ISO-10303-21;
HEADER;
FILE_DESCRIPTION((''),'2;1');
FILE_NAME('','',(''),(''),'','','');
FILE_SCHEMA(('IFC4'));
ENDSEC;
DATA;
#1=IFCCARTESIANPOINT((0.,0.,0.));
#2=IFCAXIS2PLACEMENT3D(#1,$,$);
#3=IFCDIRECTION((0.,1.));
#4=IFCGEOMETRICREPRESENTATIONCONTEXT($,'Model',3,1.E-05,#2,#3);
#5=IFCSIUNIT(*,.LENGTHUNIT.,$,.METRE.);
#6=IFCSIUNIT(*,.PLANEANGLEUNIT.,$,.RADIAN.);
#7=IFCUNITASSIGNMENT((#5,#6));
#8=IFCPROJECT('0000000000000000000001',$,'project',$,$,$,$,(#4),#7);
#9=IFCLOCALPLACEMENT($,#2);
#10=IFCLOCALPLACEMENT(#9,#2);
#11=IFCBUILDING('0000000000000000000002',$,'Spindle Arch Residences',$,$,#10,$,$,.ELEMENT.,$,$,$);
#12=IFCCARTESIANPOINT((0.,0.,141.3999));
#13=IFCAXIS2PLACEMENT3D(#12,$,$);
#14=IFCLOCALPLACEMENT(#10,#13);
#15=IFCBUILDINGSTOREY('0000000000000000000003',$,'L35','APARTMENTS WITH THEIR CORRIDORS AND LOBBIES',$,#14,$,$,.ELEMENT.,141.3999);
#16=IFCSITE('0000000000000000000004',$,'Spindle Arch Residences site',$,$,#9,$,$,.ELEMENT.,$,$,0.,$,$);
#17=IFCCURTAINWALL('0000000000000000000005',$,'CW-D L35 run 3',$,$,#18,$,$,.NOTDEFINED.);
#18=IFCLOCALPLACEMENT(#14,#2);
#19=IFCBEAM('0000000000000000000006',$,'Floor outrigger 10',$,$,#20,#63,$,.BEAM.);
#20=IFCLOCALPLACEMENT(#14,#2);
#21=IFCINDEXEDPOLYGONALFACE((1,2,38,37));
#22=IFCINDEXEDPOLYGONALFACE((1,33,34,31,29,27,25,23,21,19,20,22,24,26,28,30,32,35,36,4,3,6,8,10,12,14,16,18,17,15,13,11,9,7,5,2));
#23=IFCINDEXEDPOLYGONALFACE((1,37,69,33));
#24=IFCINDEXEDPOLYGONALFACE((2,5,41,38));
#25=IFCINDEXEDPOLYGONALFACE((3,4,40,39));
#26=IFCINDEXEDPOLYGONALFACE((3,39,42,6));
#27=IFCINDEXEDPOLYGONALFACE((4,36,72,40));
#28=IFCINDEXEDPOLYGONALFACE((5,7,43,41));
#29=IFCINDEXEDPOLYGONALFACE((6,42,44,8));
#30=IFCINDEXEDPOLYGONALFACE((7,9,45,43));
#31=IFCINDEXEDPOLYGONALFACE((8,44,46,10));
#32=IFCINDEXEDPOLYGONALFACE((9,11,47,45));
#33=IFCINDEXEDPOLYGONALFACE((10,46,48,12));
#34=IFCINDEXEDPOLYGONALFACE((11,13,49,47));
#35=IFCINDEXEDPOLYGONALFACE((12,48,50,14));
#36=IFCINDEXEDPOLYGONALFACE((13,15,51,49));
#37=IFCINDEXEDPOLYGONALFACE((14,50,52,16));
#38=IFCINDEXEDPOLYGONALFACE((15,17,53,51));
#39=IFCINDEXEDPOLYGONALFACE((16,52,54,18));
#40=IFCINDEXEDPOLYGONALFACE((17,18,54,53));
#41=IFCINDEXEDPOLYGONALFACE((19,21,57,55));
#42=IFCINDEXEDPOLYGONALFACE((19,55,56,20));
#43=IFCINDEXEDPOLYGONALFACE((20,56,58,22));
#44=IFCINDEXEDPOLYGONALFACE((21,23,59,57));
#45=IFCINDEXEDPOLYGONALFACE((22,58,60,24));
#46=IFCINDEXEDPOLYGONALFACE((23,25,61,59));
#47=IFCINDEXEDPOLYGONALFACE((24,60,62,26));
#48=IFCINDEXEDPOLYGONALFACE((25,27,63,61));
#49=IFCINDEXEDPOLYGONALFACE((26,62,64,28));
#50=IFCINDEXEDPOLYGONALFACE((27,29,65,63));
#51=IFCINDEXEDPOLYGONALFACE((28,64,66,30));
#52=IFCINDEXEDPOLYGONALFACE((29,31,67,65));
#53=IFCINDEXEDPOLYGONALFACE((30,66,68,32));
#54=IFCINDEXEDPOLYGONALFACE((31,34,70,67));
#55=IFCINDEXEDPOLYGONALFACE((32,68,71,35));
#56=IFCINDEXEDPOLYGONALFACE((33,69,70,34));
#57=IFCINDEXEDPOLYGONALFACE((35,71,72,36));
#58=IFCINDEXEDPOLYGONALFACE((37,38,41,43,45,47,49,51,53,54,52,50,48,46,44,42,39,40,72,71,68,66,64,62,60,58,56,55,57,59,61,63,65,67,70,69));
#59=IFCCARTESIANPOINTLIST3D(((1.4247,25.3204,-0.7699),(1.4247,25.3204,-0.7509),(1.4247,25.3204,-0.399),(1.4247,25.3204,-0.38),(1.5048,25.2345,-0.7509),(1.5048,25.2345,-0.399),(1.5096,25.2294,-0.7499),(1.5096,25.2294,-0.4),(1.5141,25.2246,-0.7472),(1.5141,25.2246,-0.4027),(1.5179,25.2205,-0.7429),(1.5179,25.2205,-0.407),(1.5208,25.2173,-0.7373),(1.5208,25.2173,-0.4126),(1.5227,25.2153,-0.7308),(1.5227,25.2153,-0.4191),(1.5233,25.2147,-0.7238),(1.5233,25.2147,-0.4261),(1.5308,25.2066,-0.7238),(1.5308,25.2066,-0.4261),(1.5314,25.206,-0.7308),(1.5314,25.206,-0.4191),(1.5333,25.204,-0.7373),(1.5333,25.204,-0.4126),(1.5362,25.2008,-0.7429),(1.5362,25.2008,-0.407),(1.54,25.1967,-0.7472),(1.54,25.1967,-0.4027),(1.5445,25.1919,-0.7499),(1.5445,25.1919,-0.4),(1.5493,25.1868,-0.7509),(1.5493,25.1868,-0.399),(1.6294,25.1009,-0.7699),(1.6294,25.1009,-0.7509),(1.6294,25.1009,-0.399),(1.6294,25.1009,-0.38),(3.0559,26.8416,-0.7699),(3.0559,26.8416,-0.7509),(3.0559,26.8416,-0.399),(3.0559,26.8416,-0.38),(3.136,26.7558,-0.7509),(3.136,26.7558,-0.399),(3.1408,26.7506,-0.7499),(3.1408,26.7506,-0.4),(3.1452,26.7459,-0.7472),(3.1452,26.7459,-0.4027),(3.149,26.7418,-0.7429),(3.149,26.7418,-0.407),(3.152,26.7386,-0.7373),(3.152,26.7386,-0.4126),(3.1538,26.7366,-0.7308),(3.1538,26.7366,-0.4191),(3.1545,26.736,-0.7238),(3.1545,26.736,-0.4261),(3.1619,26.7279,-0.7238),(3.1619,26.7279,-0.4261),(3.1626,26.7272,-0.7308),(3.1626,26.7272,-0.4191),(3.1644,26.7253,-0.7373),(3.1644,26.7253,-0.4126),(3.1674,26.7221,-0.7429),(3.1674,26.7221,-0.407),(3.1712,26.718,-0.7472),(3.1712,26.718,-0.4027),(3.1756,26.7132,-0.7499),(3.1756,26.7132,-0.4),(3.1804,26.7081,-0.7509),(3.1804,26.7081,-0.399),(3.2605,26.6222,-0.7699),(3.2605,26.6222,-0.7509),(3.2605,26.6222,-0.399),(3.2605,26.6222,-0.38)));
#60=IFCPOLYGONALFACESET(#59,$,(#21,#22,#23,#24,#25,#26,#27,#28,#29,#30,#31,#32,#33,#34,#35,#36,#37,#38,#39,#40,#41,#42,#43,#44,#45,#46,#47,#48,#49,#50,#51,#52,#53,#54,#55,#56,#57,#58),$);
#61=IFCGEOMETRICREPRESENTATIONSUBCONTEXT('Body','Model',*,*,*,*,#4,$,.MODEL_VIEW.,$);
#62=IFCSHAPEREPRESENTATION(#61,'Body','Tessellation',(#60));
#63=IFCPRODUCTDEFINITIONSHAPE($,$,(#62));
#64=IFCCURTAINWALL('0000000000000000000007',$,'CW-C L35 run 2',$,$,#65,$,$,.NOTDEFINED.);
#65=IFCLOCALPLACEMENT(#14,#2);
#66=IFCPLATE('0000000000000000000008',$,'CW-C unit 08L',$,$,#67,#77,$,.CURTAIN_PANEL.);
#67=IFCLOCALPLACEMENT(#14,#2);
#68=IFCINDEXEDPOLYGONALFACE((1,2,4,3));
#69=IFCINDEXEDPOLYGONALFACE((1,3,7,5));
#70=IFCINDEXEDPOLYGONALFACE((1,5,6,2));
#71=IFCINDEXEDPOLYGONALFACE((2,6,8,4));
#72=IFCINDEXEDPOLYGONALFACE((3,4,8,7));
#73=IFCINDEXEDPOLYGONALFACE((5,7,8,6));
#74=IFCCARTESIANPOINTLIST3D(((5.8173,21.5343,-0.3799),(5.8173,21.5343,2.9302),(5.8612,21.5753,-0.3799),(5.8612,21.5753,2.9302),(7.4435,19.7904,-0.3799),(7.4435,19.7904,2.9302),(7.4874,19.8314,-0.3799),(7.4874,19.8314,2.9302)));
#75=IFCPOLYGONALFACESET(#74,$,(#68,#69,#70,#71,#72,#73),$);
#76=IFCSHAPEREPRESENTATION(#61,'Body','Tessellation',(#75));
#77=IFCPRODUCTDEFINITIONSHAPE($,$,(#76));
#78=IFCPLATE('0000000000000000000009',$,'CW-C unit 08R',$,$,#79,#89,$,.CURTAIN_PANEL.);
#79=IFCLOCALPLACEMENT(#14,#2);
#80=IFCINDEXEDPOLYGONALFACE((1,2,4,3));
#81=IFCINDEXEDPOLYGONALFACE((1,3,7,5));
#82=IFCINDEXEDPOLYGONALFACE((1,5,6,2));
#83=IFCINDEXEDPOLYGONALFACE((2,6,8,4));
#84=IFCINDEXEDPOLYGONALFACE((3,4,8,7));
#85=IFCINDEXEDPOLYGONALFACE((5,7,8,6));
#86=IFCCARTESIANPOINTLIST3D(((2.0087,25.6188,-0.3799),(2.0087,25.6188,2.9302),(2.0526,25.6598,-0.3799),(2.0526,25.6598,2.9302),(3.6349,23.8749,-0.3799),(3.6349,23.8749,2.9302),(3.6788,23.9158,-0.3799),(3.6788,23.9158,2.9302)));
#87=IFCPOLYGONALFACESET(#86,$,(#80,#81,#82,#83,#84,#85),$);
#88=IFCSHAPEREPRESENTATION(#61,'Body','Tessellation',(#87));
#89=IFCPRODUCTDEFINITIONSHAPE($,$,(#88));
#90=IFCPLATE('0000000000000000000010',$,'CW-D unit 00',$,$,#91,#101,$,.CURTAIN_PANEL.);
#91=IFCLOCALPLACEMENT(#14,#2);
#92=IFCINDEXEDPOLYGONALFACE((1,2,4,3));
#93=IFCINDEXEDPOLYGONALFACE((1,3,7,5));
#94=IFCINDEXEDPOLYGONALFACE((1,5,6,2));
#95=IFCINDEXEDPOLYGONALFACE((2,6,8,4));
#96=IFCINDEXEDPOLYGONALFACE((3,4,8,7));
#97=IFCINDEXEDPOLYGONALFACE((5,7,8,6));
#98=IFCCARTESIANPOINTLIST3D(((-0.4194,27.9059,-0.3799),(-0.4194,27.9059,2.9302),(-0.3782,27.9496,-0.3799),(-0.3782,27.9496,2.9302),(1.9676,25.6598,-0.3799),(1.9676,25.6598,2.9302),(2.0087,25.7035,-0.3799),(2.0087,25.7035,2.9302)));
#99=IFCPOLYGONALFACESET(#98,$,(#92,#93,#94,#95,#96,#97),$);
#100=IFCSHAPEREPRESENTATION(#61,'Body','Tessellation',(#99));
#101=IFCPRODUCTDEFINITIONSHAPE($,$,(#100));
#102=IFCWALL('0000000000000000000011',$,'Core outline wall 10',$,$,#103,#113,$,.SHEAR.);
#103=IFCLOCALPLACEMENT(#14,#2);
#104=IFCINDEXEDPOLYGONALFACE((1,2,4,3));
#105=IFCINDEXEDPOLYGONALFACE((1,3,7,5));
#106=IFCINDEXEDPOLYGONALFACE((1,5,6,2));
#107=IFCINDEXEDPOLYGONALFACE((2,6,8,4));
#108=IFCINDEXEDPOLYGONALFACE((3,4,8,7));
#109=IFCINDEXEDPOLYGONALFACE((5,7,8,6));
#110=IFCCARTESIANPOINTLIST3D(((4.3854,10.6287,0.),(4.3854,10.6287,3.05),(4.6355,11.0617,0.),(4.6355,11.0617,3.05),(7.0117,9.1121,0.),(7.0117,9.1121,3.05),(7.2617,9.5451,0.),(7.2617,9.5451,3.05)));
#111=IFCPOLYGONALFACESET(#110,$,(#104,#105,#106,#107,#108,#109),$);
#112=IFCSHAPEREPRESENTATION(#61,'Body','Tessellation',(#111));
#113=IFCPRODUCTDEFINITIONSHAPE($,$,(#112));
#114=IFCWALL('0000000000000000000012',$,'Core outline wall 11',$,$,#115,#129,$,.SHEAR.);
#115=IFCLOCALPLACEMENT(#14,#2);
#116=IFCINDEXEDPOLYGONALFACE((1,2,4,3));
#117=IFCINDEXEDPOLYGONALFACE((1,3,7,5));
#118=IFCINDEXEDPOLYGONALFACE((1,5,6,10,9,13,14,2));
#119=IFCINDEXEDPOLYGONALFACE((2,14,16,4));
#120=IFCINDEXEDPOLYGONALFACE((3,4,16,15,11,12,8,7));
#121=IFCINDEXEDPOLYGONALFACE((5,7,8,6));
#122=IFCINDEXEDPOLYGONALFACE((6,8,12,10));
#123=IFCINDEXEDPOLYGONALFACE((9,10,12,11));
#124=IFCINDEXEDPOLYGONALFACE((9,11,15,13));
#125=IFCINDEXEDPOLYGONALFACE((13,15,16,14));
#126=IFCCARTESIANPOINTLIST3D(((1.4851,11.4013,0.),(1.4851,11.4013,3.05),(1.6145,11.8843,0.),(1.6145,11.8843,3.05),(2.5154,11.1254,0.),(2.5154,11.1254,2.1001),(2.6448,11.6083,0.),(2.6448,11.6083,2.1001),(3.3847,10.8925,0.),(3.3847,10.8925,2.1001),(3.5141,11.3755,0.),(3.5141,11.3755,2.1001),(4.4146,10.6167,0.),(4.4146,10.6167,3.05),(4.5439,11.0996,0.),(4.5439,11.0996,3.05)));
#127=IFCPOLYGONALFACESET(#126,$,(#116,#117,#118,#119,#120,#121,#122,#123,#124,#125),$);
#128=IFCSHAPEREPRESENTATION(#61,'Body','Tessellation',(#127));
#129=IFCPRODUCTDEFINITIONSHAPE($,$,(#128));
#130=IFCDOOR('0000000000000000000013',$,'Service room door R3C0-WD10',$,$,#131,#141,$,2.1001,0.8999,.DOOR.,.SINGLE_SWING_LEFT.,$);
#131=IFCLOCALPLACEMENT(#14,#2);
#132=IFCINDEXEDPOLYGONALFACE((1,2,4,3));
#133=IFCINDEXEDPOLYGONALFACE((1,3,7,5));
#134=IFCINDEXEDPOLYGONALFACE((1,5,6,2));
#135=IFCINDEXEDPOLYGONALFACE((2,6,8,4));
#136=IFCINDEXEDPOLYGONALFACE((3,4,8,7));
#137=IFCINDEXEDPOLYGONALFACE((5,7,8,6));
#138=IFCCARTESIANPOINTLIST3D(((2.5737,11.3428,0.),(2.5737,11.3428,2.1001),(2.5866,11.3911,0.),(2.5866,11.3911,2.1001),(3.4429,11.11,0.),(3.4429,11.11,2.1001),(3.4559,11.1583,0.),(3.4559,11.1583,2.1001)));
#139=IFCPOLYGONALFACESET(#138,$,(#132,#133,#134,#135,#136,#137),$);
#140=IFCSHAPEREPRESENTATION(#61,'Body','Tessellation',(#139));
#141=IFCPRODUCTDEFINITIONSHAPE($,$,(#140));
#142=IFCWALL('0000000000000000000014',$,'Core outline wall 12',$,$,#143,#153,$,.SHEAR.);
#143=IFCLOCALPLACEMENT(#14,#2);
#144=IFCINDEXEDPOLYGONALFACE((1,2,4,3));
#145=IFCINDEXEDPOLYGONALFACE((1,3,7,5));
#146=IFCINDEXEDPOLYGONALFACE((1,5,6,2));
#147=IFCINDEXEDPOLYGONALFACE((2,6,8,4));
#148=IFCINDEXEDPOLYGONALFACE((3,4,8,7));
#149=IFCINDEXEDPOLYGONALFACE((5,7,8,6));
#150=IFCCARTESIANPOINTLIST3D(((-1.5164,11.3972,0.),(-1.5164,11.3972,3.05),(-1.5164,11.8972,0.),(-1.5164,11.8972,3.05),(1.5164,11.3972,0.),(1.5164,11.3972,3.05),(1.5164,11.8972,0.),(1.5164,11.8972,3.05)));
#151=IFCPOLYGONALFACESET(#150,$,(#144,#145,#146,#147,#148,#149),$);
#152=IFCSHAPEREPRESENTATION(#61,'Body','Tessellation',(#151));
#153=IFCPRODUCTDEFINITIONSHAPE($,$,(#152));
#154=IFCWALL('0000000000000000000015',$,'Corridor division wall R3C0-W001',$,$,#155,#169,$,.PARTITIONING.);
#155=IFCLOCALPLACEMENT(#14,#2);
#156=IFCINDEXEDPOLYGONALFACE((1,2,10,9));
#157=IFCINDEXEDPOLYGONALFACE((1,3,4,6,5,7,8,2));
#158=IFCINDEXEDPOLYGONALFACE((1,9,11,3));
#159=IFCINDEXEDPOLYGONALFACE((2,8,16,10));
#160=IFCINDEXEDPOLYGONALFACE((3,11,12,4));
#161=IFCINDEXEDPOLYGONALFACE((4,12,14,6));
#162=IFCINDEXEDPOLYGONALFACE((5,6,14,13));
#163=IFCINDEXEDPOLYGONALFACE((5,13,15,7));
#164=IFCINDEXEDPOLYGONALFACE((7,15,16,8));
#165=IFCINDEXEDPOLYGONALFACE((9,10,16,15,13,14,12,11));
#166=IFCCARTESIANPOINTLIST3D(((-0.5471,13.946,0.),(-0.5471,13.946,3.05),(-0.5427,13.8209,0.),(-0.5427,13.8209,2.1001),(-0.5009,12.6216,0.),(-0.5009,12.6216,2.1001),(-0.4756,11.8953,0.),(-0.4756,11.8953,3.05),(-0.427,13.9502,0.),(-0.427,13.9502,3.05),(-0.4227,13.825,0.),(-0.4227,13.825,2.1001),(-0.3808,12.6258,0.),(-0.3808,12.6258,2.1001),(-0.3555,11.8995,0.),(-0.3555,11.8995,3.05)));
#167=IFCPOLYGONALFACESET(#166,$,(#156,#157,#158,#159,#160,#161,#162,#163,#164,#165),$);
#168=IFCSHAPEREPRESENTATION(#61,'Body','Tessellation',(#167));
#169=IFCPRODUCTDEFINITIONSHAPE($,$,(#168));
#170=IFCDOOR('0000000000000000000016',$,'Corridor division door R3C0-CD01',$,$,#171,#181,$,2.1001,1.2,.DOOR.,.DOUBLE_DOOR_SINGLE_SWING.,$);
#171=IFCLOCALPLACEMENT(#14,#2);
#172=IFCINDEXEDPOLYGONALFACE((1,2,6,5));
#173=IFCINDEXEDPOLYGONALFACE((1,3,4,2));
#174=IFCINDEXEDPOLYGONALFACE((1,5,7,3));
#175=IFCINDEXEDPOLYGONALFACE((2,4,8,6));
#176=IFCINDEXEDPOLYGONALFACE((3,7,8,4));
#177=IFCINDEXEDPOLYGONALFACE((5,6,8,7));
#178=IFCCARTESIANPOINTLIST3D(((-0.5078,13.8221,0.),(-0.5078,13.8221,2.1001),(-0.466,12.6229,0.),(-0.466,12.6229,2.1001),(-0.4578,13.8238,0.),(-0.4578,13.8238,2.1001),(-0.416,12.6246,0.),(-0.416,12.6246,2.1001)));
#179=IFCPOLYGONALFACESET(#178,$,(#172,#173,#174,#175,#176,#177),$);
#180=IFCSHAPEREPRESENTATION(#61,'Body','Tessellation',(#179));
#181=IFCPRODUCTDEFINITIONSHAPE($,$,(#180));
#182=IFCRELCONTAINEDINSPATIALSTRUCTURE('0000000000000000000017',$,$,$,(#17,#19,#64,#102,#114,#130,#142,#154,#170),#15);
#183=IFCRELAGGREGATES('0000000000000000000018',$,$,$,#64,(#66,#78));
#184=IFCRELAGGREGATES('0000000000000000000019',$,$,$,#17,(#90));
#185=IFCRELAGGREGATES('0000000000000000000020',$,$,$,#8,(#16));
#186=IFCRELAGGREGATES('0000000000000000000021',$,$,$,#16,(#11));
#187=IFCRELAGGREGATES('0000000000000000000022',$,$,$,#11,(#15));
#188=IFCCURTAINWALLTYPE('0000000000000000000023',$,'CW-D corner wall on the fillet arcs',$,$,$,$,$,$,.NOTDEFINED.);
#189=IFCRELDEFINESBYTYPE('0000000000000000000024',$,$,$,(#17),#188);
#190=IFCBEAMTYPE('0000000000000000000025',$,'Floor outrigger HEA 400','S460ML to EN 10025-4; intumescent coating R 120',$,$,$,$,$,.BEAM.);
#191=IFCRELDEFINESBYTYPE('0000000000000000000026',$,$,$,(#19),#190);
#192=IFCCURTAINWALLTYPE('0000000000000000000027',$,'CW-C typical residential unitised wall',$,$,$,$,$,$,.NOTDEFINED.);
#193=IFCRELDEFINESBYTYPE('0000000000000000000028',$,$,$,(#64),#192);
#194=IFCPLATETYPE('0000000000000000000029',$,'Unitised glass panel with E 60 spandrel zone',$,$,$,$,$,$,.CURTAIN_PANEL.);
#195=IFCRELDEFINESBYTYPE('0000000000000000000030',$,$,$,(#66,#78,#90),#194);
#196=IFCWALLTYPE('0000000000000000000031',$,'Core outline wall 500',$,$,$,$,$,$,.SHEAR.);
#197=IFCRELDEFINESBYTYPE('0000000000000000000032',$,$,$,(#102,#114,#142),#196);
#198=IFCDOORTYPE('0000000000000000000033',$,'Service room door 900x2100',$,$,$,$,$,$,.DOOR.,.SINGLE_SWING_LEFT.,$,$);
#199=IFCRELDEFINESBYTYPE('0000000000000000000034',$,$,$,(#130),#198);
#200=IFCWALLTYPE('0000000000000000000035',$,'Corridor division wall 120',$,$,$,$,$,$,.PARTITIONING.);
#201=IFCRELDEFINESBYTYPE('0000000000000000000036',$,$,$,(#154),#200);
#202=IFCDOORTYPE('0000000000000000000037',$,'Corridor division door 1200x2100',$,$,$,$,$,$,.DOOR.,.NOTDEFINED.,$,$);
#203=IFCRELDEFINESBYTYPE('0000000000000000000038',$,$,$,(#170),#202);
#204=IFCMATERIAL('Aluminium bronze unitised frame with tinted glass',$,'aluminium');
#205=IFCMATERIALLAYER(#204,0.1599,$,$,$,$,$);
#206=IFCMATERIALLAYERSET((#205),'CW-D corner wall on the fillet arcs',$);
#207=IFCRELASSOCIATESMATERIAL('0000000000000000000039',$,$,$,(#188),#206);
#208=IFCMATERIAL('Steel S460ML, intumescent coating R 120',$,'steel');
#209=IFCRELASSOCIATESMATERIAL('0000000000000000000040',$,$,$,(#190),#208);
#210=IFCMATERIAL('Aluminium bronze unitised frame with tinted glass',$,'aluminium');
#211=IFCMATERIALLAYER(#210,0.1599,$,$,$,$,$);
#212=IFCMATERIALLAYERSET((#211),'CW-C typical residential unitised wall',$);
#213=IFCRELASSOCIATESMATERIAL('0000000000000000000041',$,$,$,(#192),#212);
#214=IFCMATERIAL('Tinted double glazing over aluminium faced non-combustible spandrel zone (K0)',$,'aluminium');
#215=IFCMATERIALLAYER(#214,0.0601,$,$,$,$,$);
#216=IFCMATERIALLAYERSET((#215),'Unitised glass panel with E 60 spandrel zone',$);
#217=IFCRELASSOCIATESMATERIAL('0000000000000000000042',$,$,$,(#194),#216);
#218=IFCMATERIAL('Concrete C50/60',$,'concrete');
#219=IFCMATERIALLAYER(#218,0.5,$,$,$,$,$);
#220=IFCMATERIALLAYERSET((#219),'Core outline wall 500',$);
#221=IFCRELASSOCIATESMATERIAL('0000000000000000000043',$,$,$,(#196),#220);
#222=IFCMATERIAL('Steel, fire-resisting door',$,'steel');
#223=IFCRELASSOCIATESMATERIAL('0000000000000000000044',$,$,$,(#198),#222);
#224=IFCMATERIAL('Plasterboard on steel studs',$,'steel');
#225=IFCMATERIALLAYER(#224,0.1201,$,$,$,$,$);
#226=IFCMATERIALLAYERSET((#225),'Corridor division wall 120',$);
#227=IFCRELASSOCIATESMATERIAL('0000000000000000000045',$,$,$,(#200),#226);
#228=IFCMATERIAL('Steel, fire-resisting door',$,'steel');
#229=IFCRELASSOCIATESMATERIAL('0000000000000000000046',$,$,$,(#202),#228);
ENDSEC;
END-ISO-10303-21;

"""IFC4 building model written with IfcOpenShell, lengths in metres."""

from ifc_helpers import new_model, si_unit, direction, frame, frame_2d, origin, origin_2d, place, context, subcontext, project, spatial, rectangle, i_section, extrude, material, layer, layer_set, material_profile, profile_set, type_object, element, fill, aggregate, save


model = new_model("IFC4")

# Units and contexts
model_context = context("Model", 3, precision=1e-05, world=origin(), true_north=direction((0.0, 1.0)))
body_context = subcontext(model_context, "Body", "Model", "MODEL_VIEW")
ifc_project = project(units=[si_unit("LENGTHUNIT", "METRE"), si_unit("PLANEANGLEUNIT", "RADIAN")], contexts=[model_context])

# Site, building, storey
site_placement = place(None, origin())
site = spatial("IfcSite", under=ifc_project, at=site_placement, Name="Spindle Arch Residences site", CompositionType="ELEMENT", RefElevation=0.0)
building_placement = place(site_placement, origin())
building = spatial("IfcBuilding", under=site, at=building_placement, Name="Spindle Arch Residences", CompositionType="ELEMENT")
storey_placement = place(building_placement, frame((0.0, 0.0, 141.3999)))
storey = spatial("IfcBuildingStorey", under=building, at=storey_placement, Name="L35", Description="APARTMENTS WITH THEIR CORRIDORS AND LOBBIES", CompositionType="ELEMENT", Elevation=141.3999)

# Curtain wall
ifc_material_1 = material(Name="Aluminium bronze unitised frame with tinted glass", Category="aluminium")
ifc_layer_1 = layer(ifc_material_1, 0.1599)
ifc_layer_set_1 = layer_set([ifc_layer_1], Name="CW-D corner wall on the fillet arcs")
curtain_wall_type_1 = type_object("IfcCurtainWallType", Name="CW-D corner wall on the fillet arcs", PredefinedType="NOTDEFINED", material=ifc_layer_set_1)
curtain_wall_1_placement = place(storey_placement, origin())
curtain_wall_1 = element("IfcCurtainWall", 1, at=curtain_wall_1_placement, inside=storey, type_object=curtain_wall_type_1, Name="CW-D L35 run 3", PredefinedType="NOTDEFINED")

# Beam
ifc_material_2 = material(Name="Steel S460ML, intumescent coating R 120", Category="steel")
ifc_material_profile_1 = material_profile(ifc_material_2, i_section(OverallWidth=0.3, OverallDepth=0.3899, WebThickness=0.011, FlangeThickness=0.019, FilletRadius=0.0271, at=origin_2d()), Name="HEA 400")
ifc_profile_set_1 = profile_set([ifc_material_profile_1], Name="Steel S460ML, intumescent coating R 120")
beam_type_1 = type_object("IfcBeamType", Name="Floor outrigger HEA 400", Description="S460ML to EN 10025-4; intumescent coating R 120", PredefinedType="BEAM", material=ifc_profile_set_1)
beam_1_placement = place(storey_placement, frame((3.1582, 26.7319, -0.575), z_axis=(-0.731306, -0.682049, 0.0), x_axis=(0.682049, -0.731306, 0.0)))
element("IfcBeam", 2, at=beam_1_placement, inside=storey, type_object=beam_type_1, Name="Floor outrigger 10", PredefinedType="BEAM", context=body_context, shape_type="SweptSolid", body=[
    extrude(i_section(OverallWidth=0.3, OverallDepth=0.3899, WebThickness=0.011, FlangeThickness=0.019, FilletRadius=0.0271, at=origin_2d()), origin(), (0.0, 0.0, 1.0), 2.2305),
])

# Curtain wall, plates
ifc_material_3 = material(Name="Aluminium bronze unitised frame with tinted glass", Category="aluminium")
ifc_layer_2 = layer(ifc_material_3, 0.1599)
ifc_layer_set_2 = layer_set([ifc_layer_2], Name="CW-C typical residential unitised wall")
curtain_wall_type_2 = type_object("IfcCurtainWallType", Name="CW-C typical residential unitised wall", PredefinedType="NOTDEFINED", material=ifc_layer_set_2)
curtain_wall_2_placement = place(storey_placement, origin())
curtain_wall_2 = element("IfcCurtainWall", 3, at=curtain_wall_2_placement, inside=storey, type_object=curtain_wall_type_2, Name="CW-C L35 run 2", PredefinedType="NOTDEFINED")
ifc_material_4 = material(Name="Tinted double glazing over aluminium faced non-combustible spandrel zone (K0)", Category="aluminium")
ifc_layer_3 = layer(ifc_material_4, 0.0601)
ifc_layer_set_3 = layer_set([ifc_layer_3], Name="Unitised glass panel with E 60 spandrel zone")
plate_type = type_object("IfcPlateType", Name="Unitised glass panel with E 60 spandrel zone", PredefinedType="CURTAIN_PANEL", material=ifc_layer_set_3)
plate_1_placement = place(storey_placement, frame((6.6523, 20.6829, -0.3799), z_axis=(0.0, 0.0, 1.0), x_axis=(-0.681998, 0.731354, 0.0)))
plate_1 = element("IfcPlate", 4, at=plate_1_placement, type_object=plate_type, Name="CW-C unit 08L", PredefinedType="CURTAIN_PANEL", context=body_context, shape_type="SweptSolid", body=[
    extrude(rectangle(XDim=2.3845, YDim=0.0601, at=origin_2d()), origin(), (0.0, 0.0, 1.0), 3.3101),
])
plate_2_placement = place(storey_placement, frame((2.8438, 24.7673, -0.3799), z_axis=(0.0, 0.0, 1.0), x_axis=(-0.681998, 0.731354, 0.0)))
plate_2 = element("IfcPlate", 5, at=plate_2_placement, type_object=plate_type, Name="CW-C unit 08R", PredefinedType="CURTAIN_PANEL", context=body_context, shape_type="SweptSolid", body=[
    extrude(rectangle(XDim=2.3845, YDim=0.0601, at=origin_2d()), origin(), (0.0, 0.0, 1.0), 3.3101),
])
aggregate(curtain_wall_2, [plate_1, plate_2])

# Plate
plate_3_placement = place(storey_placement, frame((0.7947, 26.8047, -0.3799), z_axis=(0.0, 0.0, 1.0), x_axis=(-0.72827, 0.68529, 0.0)))
plate_3 = element("IfcPlate", 6, at=plate_3_placement, type_object=plate_type, Name="CW-D unit 00", PredefinedType="CURTAIN_PANEL", context=body_context, shape_type="SweptSolid", body=[
    extrude(rectangle(XDim=3.2776, YDim=0.0601, at=origin_2d()), origin(), (0.0, 0.0, 1.0), 3.3101),
])
aggregate(curtain_wall_1, [plate_3])

# Wall
ifc_material_5 = material(Name="Concrete C50/60", Category="concrete")
ifc_layer_4 = layer(ifc_material_5, 0.5)
ifc_layer_set_4 = layer_set([ifc_layer_4], Name="Core outline wall 500")
wall_type_1 = type_object("IfcWallType", Name="Core outline wall 500", PredefinedType="SHEAR", material=ifc_layer_set_4)
wall_1_placement = place(storey_placement, frame((7.1367, 9.3286, 0.0), z_axis=(0.0, 0.0, 1.0), x_axis=(-0.865975, 0.500087, 0.0)))
element("IfcWall", 7, at=wall_1_placement, inside=storey, type_object=wall_type_1, Name="Core outline wall 10", PredefinedType="SHEAR", context=body_context, shape_type="SweptSolid", body=[
    extrude(rectangle(XDim=3.0327, YDim=0.5, at=frame_2d((1.5164, 0.0))), origin(), (0.0, 0.0, 1.0), 3.05),
])

# Wall, opening, door
wall_2_placement = place(storey_placement, frame((4.4792, 10.8582, 0.0), z_axis=(0.0, 0.0, 1.0), x_axis=(-0.965948, 0.258735, 0.0)))
wall_2 = element("IfcWall", 8, at=wall_2_placement, inside=storey, type_object=wall_type_1, Name="Core outline wall 11", PredefinedType="SHEAR", context=body_context, shape_type="SweptSolid", body=[
    extrude(rectangle(XDim=3.0327, YDim=0.5, at=frame_2d((1.5164, 0.0))), origin(), (0.0, 0.0, 1.0), 3.05),
])
opening_1_placement = place(wall_2_placement, frame((1.0662, 0.0, 0.0)))
opening_1 = element("IfcOpeningElement", 9, at=opening_1_placement, cuts=wall_2, PredefinedType="OPENING", context=body_context, shape_type="SweptSolid", body=[
    extrude(rectangle(XDim=0.8999, YDim=2.1001, at=frame_2d((0.45, 1.05))), frame((0.0, 0.26, 0.0), z_axis=(0.0, -1.0, 0.0), x_axis=(1.0, 0.0, 0.0)), (0.0, 0.0, 1.0), 0.52),
])
ifc_material_6 = material(Name="Steel, fire-resisting door", Category="steel")
door_type_1 = type_object("IfcDoorType", Name="Service room door 900x2100", OperationType="SINGLE_SWING_LEFT", PredefinedType="DOOR", material=ifc_material_6)
door_1_placement = place(opening_1_placement, origin())
door_1 = element("IfcDoor", 10, at=door_1_placement, inside=storey, type_object=door_type_1, Name="Service room door R3C0-WD10", OperationType="SINGLE_SWING_LEFT", OverallHeight=2.1001, OverallWidth=0.8999, PredefinedType="DOOR", context=body_context, shape_type="SweptSolid", body=[
    extrude(rectangle(XDim=0.8999, YDim=2.1001, at=frame_2d((0.45, 1.05))), frame((0.0, 0.0249, 0.0), z_axis=(0.0, -1.0, 0.0), x_axis=(1.0, 0.0, 0.0)), (0.0, 0.0, 1.0), 0.05),
])
fill(opening_1, door_1)

# Wall
wall_3_placement = place(storey_placement, frame((1.5164, 11.6472, 0.0), z_axis=(0.0, 0.0, 1.0), x_axis=(-1.0, 0.0, 0.0)))
element("IfcWall", 11, at=wall_3_placement, inside=storey, type_object=wall_type_1, Name="Core outline wall 12", PredefinedType="SHEAR", context=body_context, shape_type="SweptSolid", body=[
    extrude(rectangle(XDim=3.0327, YDim=0.5, at=frame_2d((1.5164, 0.0))), origin(), (0.0, 0.0, 1.0), 3.05),
])

# Wall, opening, door
ifc_material_7 = material(Name="Plasterboard on steel studs", Category="steel")
ifc_layer_5 = layer(ifc_material_7, 0.1201)
ifc_layer_set_5 = layer_set([ifc_layer_5], Name="Corridor division wall 120")
wall_type_2 = type_object("IfcWallType", Name="Corridor division wall 120", PredefinedType="PARTITIONING", material=ifc_layer_set_5)
wall_4_placement = place(storey_placement, frame((-0.4871, 13.948, 0.0), z_axis=(0.0, 0.0, 1.0), x_axis=(0.03486, -0.999392, 0.0)))
wall_4 = element("IfcWall", 12, at=wall_4_placement, inside=storey, type_object=wall_type_2, Name="Corridor division wall R3C0-W001", PredefinedType="PARTITIONING", context=body_context, shape_type="SweptSolid", body=[
    extrude(rectangle(XDim=2.052, YDim=0.1201, at=frame_2d((1.0259, 0.0))), origin(), (0.0, 0.0, 1.0), 3.05),
])
opening_2_placement = place(wall_4_placement, frame((0.125, 0.0, 0.0)))
opening_2 = element("IfcOpeningElement", 13, at=opening_2_placement, cuts=wall_4, PredefinedType="OPENING", context=body_context, shape_type="SweptSolid", body=[
    extrude(rectangle(XDim=1.2, YDim=2.1001, at=frame_2d((0.6001, 1.05))), frame((0.0, 0.0701, 0.0), z_axis=(0.0, -1.0, 0.0), x_axis=(1.0, 0.0, 0.0)), (0.0, 0.0, 1.0), 0.1401),
])
ifc_material_8 = material(Name="Steel, fire-resisting door", Category="steel")
door_type_2 = type_object("IfcDoorType", Name="Corridor division door 1200x2100", OperationType="NOTDEFINED", PredefinedType="DOOR", material=ifc_material_8)
door_2_placement = place(opening_2_placement, origin())
door_2 = element("IfcDoor", 14, at=door_2_placement, inside=storey, type_object=door_type_2, Name="Corridor division door R3C0-CD01", OperationType="DOUBLE_DOOR_SINGLE_SWING", OverallHeight=2.1001, OverallWidth=1.2, PredefinedType="DOOR", context=body_context, shape_type="SweptSolid", body=[
    extrude(rectangle(XDim=1.2, YDim=2.1001, at=frame_2d((0.6001, 1.05))), frame((0.0, 0.0249, 0.0), z_axis=(0.0, -1.0, 0.0), x_axis=(1.0, 0.0, 0.0)), (0.0, 0.0, 1.0), 0.05),
])
fill(opening_2, door_2)

save(model, "model.ifc")
